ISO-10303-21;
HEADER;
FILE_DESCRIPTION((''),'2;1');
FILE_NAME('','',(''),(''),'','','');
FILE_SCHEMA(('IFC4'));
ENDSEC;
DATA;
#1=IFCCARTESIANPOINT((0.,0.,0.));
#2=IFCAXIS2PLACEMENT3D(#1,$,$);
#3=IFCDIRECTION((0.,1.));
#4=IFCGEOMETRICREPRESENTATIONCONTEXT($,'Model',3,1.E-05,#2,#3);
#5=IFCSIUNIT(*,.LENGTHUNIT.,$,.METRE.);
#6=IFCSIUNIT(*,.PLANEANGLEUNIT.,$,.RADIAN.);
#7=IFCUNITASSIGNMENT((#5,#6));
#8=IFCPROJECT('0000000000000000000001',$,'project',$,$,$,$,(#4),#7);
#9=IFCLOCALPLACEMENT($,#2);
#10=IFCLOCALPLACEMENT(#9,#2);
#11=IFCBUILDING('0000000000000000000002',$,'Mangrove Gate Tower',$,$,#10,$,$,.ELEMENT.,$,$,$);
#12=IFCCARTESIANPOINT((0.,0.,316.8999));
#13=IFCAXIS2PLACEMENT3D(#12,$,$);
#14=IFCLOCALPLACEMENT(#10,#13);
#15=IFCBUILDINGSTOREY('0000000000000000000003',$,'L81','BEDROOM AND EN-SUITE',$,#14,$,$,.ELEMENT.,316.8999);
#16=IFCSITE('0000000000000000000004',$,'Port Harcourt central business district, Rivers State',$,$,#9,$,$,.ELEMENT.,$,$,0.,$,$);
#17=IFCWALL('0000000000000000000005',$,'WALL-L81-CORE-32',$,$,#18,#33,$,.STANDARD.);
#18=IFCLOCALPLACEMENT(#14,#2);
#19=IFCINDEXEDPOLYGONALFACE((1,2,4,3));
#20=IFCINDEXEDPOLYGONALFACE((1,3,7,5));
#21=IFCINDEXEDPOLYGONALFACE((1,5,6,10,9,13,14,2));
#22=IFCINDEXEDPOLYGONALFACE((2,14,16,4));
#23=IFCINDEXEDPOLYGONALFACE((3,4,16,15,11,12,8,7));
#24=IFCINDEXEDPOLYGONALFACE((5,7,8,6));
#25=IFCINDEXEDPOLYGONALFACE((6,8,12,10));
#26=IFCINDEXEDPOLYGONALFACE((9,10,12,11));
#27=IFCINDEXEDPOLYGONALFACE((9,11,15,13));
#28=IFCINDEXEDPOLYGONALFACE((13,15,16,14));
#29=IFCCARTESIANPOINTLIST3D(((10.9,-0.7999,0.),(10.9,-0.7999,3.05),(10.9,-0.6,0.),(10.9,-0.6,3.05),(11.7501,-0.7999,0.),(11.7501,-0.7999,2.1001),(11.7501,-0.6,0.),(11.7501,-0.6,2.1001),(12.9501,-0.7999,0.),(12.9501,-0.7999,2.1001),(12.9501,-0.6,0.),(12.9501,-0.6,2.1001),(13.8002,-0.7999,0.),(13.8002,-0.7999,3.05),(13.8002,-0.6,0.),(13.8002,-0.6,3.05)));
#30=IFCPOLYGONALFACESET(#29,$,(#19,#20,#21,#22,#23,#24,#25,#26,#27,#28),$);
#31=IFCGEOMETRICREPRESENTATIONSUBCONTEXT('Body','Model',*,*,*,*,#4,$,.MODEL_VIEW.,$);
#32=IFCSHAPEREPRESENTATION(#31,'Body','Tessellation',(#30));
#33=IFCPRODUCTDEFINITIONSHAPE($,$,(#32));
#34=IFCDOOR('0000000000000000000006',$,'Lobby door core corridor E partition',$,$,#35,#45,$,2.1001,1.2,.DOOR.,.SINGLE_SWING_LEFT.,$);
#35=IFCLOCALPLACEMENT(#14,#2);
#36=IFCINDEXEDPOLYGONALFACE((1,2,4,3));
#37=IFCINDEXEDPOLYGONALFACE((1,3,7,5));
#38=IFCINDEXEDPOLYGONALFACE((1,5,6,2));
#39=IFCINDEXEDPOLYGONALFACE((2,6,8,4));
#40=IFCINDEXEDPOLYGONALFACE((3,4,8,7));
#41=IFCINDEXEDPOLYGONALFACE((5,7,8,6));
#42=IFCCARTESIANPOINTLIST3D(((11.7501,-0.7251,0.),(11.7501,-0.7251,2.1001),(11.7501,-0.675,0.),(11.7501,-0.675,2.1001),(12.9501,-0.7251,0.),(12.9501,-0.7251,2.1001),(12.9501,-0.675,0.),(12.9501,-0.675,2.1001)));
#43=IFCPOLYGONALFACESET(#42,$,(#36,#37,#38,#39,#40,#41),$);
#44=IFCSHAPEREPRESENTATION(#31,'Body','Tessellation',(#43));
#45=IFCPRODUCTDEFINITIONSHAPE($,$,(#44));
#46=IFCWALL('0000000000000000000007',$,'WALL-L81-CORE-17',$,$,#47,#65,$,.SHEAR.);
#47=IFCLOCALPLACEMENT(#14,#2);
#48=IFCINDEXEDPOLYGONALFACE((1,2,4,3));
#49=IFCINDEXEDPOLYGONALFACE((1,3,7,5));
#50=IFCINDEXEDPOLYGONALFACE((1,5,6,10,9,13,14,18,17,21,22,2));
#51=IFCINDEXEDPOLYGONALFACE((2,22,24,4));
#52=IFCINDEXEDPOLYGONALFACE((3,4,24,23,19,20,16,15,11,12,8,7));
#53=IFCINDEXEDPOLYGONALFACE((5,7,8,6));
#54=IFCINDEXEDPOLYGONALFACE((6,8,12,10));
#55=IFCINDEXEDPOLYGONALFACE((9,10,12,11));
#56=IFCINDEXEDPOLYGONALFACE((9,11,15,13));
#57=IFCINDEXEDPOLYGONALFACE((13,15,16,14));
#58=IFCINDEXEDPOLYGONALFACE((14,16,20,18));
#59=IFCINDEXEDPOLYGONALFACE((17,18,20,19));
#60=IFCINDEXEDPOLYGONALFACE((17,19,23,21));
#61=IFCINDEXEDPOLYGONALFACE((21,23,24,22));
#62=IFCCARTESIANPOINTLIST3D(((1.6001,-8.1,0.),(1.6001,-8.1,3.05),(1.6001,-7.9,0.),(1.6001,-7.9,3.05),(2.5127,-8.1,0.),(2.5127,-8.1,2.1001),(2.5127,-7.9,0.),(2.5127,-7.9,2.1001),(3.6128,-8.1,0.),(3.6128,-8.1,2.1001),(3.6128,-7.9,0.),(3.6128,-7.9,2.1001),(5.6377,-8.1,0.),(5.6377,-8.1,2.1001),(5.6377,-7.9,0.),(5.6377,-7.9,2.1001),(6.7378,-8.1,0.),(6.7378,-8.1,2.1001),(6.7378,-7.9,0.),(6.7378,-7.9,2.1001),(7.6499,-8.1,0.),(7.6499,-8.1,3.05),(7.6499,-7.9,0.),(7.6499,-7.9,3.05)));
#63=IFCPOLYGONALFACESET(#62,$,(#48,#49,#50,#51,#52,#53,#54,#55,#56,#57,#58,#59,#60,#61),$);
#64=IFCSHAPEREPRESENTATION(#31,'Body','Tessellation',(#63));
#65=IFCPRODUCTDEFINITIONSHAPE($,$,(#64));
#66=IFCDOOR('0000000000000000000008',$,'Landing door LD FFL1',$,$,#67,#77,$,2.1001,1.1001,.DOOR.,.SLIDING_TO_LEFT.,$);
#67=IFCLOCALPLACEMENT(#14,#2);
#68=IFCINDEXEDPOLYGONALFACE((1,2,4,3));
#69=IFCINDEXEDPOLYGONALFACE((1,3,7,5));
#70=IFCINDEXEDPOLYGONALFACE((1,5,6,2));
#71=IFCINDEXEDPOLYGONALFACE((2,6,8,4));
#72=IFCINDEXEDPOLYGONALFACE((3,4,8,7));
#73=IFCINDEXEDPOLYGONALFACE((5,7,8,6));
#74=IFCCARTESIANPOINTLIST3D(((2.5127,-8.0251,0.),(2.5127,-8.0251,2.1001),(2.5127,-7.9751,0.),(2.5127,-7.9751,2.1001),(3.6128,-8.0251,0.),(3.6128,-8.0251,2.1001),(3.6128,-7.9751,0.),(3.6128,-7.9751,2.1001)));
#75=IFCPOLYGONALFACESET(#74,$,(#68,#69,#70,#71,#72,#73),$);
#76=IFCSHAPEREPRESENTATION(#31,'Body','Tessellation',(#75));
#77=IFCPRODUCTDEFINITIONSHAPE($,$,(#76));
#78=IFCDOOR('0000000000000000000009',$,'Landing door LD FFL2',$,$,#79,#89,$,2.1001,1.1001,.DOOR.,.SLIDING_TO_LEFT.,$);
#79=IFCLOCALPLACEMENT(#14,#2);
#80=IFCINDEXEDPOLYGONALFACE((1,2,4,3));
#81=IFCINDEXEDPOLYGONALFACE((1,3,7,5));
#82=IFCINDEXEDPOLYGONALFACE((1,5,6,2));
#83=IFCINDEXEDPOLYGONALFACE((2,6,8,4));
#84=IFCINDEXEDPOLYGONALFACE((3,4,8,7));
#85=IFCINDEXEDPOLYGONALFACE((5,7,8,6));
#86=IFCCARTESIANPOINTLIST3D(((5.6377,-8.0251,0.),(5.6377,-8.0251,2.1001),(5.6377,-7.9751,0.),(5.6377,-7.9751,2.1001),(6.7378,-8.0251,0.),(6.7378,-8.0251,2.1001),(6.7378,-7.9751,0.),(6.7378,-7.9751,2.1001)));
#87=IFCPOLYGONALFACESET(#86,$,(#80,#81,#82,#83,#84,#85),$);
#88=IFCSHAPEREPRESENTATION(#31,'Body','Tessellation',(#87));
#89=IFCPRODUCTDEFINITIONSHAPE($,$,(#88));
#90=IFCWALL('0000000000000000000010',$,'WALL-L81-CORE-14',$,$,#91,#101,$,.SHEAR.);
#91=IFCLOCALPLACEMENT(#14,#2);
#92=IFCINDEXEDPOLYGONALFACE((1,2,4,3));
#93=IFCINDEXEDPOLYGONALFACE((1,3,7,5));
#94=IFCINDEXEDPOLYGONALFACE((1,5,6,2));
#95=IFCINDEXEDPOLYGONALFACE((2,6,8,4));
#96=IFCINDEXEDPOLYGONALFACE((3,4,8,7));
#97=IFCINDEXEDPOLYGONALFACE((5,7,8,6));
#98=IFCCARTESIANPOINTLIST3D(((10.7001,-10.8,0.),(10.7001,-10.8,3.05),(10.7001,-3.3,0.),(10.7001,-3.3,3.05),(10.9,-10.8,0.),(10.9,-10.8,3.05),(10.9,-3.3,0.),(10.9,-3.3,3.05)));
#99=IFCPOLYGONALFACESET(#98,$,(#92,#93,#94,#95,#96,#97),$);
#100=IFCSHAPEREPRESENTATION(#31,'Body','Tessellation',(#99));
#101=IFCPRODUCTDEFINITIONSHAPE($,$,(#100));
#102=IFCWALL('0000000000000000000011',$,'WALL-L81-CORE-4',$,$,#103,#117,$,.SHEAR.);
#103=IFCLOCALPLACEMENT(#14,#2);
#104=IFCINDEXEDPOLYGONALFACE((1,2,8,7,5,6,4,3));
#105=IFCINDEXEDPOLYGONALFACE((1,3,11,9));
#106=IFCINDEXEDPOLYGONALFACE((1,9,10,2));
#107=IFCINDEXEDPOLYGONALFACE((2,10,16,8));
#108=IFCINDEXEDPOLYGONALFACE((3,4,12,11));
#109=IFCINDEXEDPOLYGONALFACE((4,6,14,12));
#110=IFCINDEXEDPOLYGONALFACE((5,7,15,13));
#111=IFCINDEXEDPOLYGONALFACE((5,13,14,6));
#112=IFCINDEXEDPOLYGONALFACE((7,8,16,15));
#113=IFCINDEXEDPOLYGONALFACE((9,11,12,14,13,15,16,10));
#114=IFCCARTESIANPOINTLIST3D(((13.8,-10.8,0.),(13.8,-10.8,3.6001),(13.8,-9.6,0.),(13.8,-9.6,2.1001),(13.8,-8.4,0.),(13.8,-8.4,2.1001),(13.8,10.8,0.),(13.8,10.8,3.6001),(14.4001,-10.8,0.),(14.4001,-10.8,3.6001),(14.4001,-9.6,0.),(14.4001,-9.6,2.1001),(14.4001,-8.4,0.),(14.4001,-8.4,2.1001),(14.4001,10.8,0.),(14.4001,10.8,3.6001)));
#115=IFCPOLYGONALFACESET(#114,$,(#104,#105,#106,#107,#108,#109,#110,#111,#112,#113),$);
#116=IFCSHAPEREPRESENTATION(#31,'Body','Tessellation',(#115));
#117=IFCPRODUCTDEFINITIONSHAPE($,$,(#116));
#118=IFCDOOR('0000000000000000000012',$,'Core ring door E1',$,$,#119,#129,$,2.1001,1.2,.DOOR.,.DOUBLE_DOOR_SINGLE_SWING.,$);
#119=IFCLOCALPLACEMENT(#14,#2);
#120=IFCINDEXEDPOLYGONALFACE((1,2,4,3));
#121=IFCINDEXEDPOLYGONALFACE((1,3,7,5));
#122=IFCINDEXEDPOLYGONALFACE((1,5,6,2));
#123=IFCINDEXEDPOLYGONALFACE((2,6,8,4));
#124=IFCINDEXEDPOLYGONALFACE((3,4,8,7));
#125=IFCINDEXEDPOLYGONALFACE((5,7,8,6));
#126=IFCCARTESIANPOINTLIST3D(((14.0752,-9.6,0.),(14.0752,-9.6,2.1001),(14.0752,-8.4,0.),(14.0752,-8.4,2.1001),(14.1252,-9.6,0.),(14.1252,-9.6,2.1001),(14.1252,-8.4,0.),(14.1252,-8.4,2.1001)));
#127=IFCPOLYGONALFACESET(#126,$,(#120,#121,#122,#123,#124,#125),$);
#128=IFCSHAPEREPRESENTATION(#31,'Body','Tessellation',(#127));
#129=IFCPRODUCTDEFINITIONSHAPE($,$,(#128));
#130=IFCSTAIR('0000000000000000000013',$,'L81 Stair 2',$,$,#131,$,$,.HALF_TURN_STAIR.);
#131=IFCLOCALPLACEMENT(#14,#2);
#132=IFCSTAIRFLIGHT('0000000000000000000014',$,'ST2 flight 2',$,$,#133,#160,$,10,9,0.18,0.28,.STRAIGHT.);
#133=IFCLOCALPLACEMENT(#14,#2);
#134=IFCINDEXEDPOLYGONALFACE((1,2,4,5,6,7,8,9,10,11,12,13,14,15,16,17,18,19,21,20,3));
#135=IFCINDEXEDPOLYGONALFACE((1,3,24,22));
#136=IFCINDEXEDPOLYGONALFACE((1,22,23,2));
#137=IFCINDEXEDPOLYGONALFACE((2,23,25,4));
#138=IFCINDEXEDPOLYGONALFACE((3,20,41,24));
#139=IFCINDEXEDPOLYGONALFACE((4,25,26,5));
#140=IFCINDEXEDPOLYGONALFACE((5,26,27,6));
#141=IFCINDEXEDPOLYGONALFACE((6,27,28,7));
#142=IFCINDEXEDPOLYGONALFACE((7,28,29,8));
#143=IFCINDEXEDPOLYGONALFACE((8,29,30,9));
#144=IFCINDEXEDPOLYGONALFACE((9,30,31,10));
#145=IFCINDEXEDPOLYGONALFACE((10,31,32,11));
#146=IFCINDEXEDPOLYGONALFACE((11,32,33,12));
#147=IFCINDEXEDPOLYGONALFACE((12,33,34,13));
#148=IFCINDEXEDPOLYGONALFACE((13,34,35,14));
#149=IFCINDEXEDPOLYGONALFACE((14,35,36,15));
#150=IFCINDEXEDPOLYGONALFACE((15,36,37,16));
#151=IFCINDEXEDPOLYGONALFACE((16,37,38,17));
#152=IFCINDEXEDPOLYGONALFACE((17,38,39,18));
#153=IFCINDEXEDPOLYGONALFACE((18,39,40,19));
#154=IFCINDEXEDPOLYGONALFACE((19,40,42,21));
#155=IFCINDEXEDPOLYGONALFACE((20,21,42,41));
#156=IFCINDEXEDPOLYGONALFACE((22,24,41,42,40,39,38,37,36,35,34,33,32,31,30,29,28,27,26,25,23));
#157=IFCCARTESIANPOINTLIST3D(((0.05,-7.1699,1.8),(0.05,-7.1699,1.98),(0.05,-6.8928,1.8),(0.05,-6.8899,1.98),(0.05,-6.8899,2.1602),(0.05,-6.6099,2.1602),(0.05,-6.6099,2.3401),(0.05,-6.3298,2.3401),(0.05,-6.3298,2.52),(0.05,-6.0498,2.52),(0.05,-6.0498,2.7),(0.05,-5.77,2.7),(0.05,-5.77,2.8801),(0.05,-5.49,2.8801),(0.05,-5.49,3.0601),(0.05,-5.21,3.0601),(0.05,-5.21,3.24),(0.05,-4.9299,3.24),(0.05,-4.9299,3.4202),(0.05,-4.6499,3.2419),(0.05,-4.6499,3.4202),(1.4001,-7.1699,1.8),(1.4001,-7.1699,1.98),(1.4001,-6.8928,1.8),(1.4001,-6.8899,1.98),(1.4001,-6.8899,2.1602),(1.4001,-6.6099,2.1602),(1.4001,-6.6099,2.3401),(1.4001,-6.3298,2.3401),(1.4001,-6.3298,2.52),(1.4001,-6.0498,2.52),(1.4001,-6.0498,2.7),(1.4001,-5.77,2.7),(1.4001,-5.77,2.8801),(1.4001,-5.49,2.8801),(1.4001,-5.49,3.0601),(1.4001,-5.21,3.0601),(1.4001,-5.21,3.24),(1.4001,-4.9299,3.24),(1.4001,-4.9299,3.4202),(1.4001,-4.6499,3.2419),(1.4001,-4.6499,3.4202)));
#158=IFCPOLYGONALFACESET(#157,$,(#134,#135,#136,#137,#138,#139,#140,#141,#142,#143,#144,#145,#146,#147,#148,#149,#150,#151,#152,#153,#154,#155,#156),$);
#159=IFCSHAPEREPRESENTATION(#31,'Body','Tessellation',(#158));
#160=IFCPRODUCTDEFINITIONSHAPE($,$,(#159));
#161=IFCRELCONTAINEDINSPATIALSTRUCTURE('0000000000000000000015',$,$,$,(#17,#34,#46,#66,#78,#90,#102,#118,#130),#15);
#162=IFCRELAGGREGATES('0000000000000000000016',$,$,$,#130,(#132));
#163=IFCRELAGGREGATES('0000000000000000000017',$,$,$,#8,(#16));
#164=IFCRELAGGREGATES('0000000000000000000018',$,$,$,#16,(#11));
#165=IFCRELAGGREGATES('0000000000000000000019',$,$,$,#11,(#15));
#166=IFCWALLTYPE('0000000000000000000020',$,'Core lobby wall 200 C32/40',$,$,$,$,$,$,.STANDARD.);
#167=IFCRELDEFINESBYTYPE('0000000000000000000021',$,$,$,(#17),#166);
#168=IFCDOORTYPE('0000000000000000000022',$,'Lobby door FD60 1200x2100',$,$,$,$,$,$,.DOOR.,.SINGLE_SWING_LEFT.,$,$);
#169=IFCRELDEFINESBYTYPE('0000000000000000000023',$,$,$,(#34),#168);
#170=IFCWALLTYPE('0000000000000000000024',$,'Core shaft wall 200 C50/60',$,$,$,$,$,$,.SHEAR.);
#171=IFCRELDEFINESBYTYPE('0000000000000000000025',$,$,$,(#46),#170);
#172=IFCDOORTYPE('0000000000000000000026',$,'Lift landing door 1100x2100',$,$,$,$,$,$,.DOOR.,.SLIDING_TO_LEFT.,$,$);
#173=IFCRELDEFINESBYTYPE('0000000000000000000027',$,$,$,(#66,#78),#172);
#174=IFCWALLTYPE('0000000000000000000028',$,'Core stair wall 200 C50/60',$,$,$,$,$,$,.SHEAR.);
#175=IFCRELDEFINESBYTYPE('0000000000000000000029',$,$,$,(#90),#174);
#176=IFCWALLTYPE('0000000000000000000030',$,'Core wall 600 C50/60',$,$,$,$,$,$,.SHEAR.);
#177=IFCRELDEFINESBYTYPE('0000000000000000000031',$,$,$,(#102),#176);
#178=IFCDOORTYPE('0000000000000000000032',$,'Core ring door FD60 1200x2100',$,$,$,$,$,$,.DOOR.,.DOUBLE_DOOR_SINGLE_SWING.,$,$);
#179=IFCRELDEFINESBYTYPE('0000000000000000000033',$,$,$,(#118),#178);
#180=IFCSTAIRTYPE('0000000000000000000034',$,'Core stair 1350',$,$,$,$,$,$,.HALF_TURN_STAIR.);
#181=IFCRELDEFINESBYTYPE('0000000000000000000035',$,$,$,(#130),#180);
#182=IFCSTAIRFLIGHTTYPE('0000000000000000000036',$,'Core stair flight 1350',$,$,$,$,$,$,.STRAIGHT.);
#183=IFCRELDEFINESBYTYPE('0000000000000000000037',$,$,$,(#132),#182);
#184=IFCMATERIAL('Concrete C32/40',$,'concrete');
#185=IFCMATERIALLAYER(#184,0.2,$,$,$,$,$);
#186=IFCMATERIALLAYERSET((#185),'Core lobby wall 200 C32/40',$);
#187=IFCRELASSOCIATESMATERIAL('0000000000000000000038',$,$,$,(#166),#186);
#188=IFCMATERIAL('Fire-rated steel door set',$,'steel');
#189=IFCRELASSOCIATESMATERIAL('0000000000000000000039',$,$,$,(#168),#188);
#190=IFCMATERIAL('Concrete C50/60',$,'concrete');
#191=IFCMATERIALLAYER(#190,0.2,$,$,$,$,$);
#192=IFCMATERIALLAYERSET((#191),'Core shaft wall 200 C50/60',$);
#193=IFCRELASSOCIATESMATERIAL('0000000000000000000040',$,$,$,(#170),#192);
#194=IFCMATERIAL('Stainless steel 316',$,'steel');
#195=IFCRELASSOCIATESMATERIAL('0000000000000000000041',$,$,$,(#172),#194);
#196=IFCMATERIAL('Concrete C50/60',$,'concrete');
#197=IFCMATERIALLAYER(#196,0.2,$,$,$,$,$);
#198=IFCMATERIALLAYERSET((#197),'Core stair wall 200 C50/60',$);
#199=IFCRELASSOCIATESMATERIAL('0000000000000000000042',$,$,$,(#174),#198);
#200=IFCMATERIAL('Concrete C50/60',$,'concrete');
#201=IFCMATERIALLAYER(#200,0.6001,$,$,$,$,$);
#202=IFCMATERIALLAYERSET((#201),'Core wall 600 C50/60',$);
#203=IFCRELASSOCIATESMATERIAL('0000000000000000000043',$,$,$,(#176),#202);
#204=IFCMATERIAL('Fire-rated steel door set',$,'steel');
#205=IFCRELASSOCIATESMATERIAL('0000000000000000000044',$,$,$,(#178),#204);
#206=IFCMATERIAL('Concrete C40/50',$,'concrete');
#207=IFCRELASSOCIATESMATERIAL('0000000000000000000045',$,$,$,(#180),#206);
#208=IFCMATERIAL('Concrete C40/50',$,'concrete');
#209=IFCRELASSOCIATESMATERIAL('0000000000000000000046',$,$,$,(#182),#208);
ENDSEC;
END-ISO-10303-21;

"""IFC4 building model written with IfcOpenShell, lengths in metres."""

from ifc_helpers import new_model, si_unit, direction, frame, frame_2d, origin, place, context, subcontext, project, spatial, polyline, rectangle, outline, extrude, material, layer, layer_set, type_object, element, fill, aggregate, save


model = new_model("IFC4")

# Units and contexts
model_context = context("Model", 3, precision=1e-05, world=origin(), true_north=direction((0.0, 1.0)))
body_context = subcontext(model_context, "Body", "Model", "MODEL_VIEW")
ifc_project = project(units=[si_unit("LENGTHUNIT", "METRE"), si_unit("PLANEANGLEUNIT", "RADIAN")], contexts=[model_context])

# Site, building, storey
site_placement = place(None, origin())
site = spatial("IfcSite", under=ifc_project, at=site_placement, Name="Port Harcourt central business district, Rivers State", CompositionType="ELEMENT", RefElevation=0.0)
building_placement = place(site_placement, origin())
building = spatial("IfcBuilding", under=site, at=building_placement, Name="Mangrove Gate Tower", CompositionType="ELEMENT")
storey_placement = place(building_placement, frame((0.0, 0.0, 316.8999)))
storey = spatial("IfcBuildingStorey", under=building, at=storey_placement, Name="L81", Description="BEDROOM AND EN-SUITE", CompositionType="ELEMENT", Elevation=316.8999)

# Wall, opening, door
ifc_material_1 = material(Name="Concrete C32/40", Category="concrete")
ifc_layer_1 = layer(ifc_material_1, 0.2)
ifc_layer_set_1 = layer_set([ifc_layer_1], Name="Core lobby wall 200 C32/40")
wall_type_1 = type_object("IfcWallType", Name="Core lobby wall 200 C32/40", PredefinedType="STANDARD", material=ifc_layer_set_1)
wall_1_placement = place(storey_placement, frame((10.8999, -0.7, 0.0), z_axis=(0.0, 0.0, 1.0), x_axis=(1.0, 0.0, 0.0)))
wall_1 = element("IfcWall", 1, at=wall_1_placement, inside=storey, type_object=wall_type_1, Name="WALL-L81-CORE-32", PredefinedType="STANDARD", context=body_context, shape_type="SweptSolid", body=[
    extrude(rectangle(XDim=2.9001, YDim=0.2, at=frame_2d((1.4502, 0.0))), origin(), (0.0, 0.0, 1.0), 3.05),
])
opening_1_placement = place(wall_1_placement, frame((0.8501, 0.0, 0.0)))
opening_1 = element("IfcOpeningElement", 2, at=opening_1_placement, cuts=wall_1, PredefinedType="OPENING", context=body_context, shape_type="SweptSolid", body=[
    extrude(rectangle(XDim=1.2, YDim=2.1001, at=frame_2d((0.6001, 1.05))), frame((0.0, 0.1099, 0.0), z_axis=(0.0, -1.0, 0.0), x_axis=(1.0, 0.0, 0.0)), (0.0, 0.0, 1.0), 0.22),
])
ifc_material_2 = material(Name="Fire-rated steel door set", Category="steel")
door_type_1 = type_object("IfcDoorType", Name="Lobby door FD60 1200x2100", OperationType="SINGLE_SWING_LEFT", PredefinedType="DOOR", material=ifc_material_2)
door_1_placement = place(opening_1_placement, origin())
door_1 = element("IfcDoor", 3, at=door_1_placement, inside=storey, type_object=door_type_1, Name="Lobby door core corridor E partition", OperationType="SINGLE_SWING_LEFT", OverallHeight=2.1001, OverallWidth=1.2, PredefinedType="DOOR", context=body_context, shape_type="SweptSolid", body=[
    extrude(rectangle(XDim=1.2, YDim=2.1001, at=frame_2d((0.6001, 1.05))), frame((0.0, 0.0249, 0.0), z_axis=(0.0, -1.0, 0.0), x_axis=(1.0, 0.0, 0.0)), (0.0, 0.0, 1.0), 0.05),
])
fill(opening_1, door_1)

# Wall, openings, doors
ifc_material_3 = material(Name="Concrete C50/60", Category="concrete")
ifc_layer_2 = layer(ifc_material_3, 0.2)
ifc_layer_set_2 = layer_set([ifc_layer_2], Name="Core shaft wall 200 C50/60")
wall_type_2 = type_object("IfcWallType", Name="Core shaft wall 200 C50/60", PredefinedType="SHEAR", material=ifc_layer_set_2)
wall_2_placement = place(storey_placement, frame((1.6001, -8.0, 0.0), z_axis=(0.0, 0.0, 1.0), x_axis=(1.0, 0.0, 0.0)))
wall_2 = element("IfcWall", 4, at=wall_2_placement, inside=storey, type_object=wall_type_2, Name="WALL-L81-CORE-17", PredefinedType="SHEAR", context=body_context, shape_type="SweptSolid", body=[
    extrude(rectangle(XDim=6.0498, YDim=0.2, at=frame_2d((3.0249, 0.0))), origin(), (0.0, 0.0, 1.0), 3.05),
])
opening_2_placement = place(wall_2_placement, frame((0.9126, 0.0, 0.0)))
opening_2 = element("IfcOpeningElement", 5, at=opening_2_placement, cuts=wall_2, PredefinedType="OPENING", context=body_context, shape_type="SweptSolid", body=[
    extrude(rectangle(XDim=1.1001, YDim=2.1001, at=frame_2d((0.55, 1.05))), frame((0.0, 0.1099, 0.0), z_axis=(0.0, -1.0, 0.0), x_axis=(1.0, 0.0, 0.0)), (0.0, 0.0, 1.0), 0.22),
])
opening_3_placement = place(wall_2_placement, frame((4.0376, 0.0, 0.0)))
opening_3 = element("IfcOpeningElement", 6, at=opening_3_placement, cuts=wall_2, PredefinedType="OPENING", context=body_context, shape_type="SweptSolid", body=[
    extrude(rectangle(XDim=1.1001, YDim=2.1001, at=frame_2d((0.55, 1.05))), frame((0.0, 0.1099, 0.0), z_axis=(0.0, -1.0, 0.0), x_axis=(1.0, 0.0, 0.0)), (0.0, 0.0, 1.0), 0.22),
])
ifc_material_4 = material(Name="Stainless steel 316", Category="steel")
door_type_2 = type_object("IfcDoorType", Name="Lift landing door 1100x2100", OperationType="SLIDING_TO_LEFT", PredefinedType="DOOR", material=ifc_material_4)
door_2_placement = place(opening_2_placement, origin())
door_2 = element("IfcDoor", 7, at=door_2_placement, inside=storey, type_object=door_type_2, Name="Landing door LD FFL1", OperationType="SLIDING_TO_LEFT", OverallHeight=2.1001, OverallWidth=1.1001, PredefinedType="DOOR", context=body_context, shape_type="SweptSolid", body=[
    extrude(rectangle(XDim=1.1001, YDim=2.1001, at=frame_2d((0.55, 1.05))), frame((0.0, 0.0249, 0.0), z_axis=(0.0, -1.0, 0.0), x_axis=(1.0, 0.0, 0.0)), (0.0, 0.0, 1.0), 0.05),
])
fill(opening_2, door_2)
door_3_placement = place(opening_3_placement, origin())
door_3 = element("IfcDoor", 8, at=door_3_placement, inside=storey, type_object=door_type_2, Name="Landing door LD FFL2", OperationType="SLIDING_TO_LEFT", OverallHeight=2.1001, OverallWidth=1.1001, PredefinedType="DOOR", context=body_context, shape_type="SweptSolid", body=[
    extrude(rectangle(XDim=1.1001, YDim=2.1001, at=frame_2d((0.55, 1.05))), frame((0.0, 0.0249, 0.0), z_axis=(0.0, -1.0, 0.0), x_axis=(1.0, 0.0, 0.0)), (0.0, 0.0, 1.0), 0.05),
])
fill(opening_3, door_3)

# Wall
ifc_material_5 = material(Name="Concrete C50/60", Category="concrete")
ifc_layer_3 = layer(ifc_material_5, 0.2)
ifc_layer_set_3 = layer_set([ifc_layer_3], Name="Core stair wall 200 C50/60")
wall_type_3 = type_object("IfcWallType", Name="Core stair wall 200 C50/60", PredefinedType="SHEAR", material=ifc_layer_set_3)
wall_3_placement = place(storey_placement, frame((10.8, -10.8, 0.0), z_axis=(0.0, 0.0, 1.0), x_axis=(0.0, 1.0, 0.0)))
element("IfcWall", 9, at=wall_3_placement, inside=storey, type_object=wall_type_3, Name="WALL-L81-CORE-14", PredefinedType="SHEAR", context=body_context, shape_type="SweptSolid", body=[
    extrude(rectangle(XDim=7.5, YDim=0.2, at=frame_2d((3.75, 0.0))), origin(), (0.0, 0.0, 1.0), 3.05),
])

# Wall, opening, door
ifc_material_6 = material(Name="Concrete C50/60", Category="concrete")
ifc_layer_4 = layer(ifc_material_6, 0.6001)
ifc_layer_set_4 = layer_set([ifc_layer_4], Name="Core wall 600 C50/60")
wall_type_4 = type_object("IfcWallType", Name="Core wall 600 C50/60", PredefinedType="SHEAR", material=ifc_layer_set_4)
wall_4_placement = place(storey_placement, frame((14.1001, -10.8, 0.0), z_axis=(0.0, 0.0, 1.0), x_axis=(0.0, 1.0, 0.0)))
wall_4 = element("IfcWall", 10, at=wall_4_placement, inside=storey, type_object=wall_type_4, Name="WALL-L81-CORE-4", PredefinedType="SHEAR", context=body_context, shape_type="SweptSolid", body=[
    extrude(rectangle(XDim=21.6001, YDim=0.6001, at=frame_2d((10.8, 0.0))), origin(), (0.0, 0.0, 1.0), 3.6001),
])
opening_4_placement = place(wall_4_placement, frame((1.2, 0.0, 0.0)))
opening_4 = element("IfcOpeningElement", 11, at=opening_4_placement, cuts=wall_4, PredefinedType="OPENING", context=body_context, shape_type="SweptSolid", body=[
    extrude(rectangle(XDim=1.2, YDim=2.1001, at=frame_2d((0.6001, 1.05))), frame((0.0, 0.3101, 0.0), z_axis=(0.0, -1.0, 0.0), x_axis=(1.0, 0.0, 0.0)), (0.0, 0.0, 1.0), 0.6201),
])
ifc_material_7 = material(Name="Fire-rated steel door set", Category="steel")
door_type_3 = type_object("IfcDoorType", Name="Core ring door FD60 1200x2100", OperationType="DOUBLE_DOOR_SINGLE_SWING", PredefinedType="DOOR", material=ifc_material_7)
door_4_placement = place(opening_4_placement, origin())
door_4 = element("IfcDoor", 12, at=door_4_placement, inside=storey, type_object=door_type_3, Name="Core ring door E1", OperationType="DOUBLE_DOOR_SINGLE_SWING", OverallHeight=2.1001, OverallWidth=1.2, PredefinedType="DOOR", context=body_context, shape_type="SweptSolid", body=[
    extrude(rectangle(XDim=1.2, YDim=2.1001, at=frame_2d((0.6001, 1.05))), frame((0.0, 0.0249, 0.0), z_axis=(0.0, -1.0, 0.0), x_axis=(1.0, 0.0, 0.0)), (0.0, 0.0, 1.0), 0.05),
])
fill(opening_4, door_4)

# Stair, stair flight
ifc_material_8 = material(Name="Concrete C40/50", Category="concrete")
stair_type = type_object("IfcStairType", Name="Core stair 1350", PredefinedType="HALF_TURN_STAIR", material=ifc_material_8)
stair_1_placement = place(storey_placement, origin())
stair_1 = element("IfcStair", 13, at=stair_1_placement, inside=storey, type_object=stair_type, Name="L81 Stair 2", PredefinedType="HALF_TURN_STAIR")
ifc_material_9 = material(Name="Concrete C40/50", Category="concrete")
stair_flight_type = type_object("IfcStairFlightType", Name="Core stair flight 1350", PredefinedType="STRAIGHT", material=ifc_material_9)
stair_flight_1_placement = place(storey_placement, frame((0.7251, -7.1699, 1.8), z_axis=(0.0, 0.0, 1.0), x_axis=(0.0, 1.0, 0.0)))
stair_flight_1 = element("IfcStairFlight", 14, at=stair_flight_1_placement, type_object=stair_flight_type, Name="ST2 flight 2", NumberOfRisers=10, NumberOfTreads=9, PredefinedType="STRAIGHT", RiserHeight=0.18, TreadLength=0.28, context=body_context, shape_type="SweptSolid", body=[
    extrude(outline(polyline([(0.0, 0.0), (0.0, 0.1799), (0.28, 0.1799), (0.28, 0.3601), (0.5601, 0.3601), (0.5601, 0.54), (0.8401, 0.54), (0.8401, 0.72), (1.1201, 0.72), (1.1201, 0.8999), (1.3999, 0.8999), (1.3999, 1.0801), (1.6799, 1.0801), (1.6799, 1.26), (1.96, 1.26), (1.96, 1.4399), (2.24, 1.4399), (2.24, 1.6201), (2.52, 1.6201), (2.52, 1.8), (2.52, 1.4419), (0.2771, 0.0), (0.0, 0.0)])), frame((0.0, 0.675, 0.0), z_axis=(0.0, -1.0, 0.0), x_axis=(1.0, 0.0, 0.0)), (0.0, 0.0, 1.0), 1.3501),
])
aggregate(stair_1, [stair_flight_1])

save(model, "model.ifc")
